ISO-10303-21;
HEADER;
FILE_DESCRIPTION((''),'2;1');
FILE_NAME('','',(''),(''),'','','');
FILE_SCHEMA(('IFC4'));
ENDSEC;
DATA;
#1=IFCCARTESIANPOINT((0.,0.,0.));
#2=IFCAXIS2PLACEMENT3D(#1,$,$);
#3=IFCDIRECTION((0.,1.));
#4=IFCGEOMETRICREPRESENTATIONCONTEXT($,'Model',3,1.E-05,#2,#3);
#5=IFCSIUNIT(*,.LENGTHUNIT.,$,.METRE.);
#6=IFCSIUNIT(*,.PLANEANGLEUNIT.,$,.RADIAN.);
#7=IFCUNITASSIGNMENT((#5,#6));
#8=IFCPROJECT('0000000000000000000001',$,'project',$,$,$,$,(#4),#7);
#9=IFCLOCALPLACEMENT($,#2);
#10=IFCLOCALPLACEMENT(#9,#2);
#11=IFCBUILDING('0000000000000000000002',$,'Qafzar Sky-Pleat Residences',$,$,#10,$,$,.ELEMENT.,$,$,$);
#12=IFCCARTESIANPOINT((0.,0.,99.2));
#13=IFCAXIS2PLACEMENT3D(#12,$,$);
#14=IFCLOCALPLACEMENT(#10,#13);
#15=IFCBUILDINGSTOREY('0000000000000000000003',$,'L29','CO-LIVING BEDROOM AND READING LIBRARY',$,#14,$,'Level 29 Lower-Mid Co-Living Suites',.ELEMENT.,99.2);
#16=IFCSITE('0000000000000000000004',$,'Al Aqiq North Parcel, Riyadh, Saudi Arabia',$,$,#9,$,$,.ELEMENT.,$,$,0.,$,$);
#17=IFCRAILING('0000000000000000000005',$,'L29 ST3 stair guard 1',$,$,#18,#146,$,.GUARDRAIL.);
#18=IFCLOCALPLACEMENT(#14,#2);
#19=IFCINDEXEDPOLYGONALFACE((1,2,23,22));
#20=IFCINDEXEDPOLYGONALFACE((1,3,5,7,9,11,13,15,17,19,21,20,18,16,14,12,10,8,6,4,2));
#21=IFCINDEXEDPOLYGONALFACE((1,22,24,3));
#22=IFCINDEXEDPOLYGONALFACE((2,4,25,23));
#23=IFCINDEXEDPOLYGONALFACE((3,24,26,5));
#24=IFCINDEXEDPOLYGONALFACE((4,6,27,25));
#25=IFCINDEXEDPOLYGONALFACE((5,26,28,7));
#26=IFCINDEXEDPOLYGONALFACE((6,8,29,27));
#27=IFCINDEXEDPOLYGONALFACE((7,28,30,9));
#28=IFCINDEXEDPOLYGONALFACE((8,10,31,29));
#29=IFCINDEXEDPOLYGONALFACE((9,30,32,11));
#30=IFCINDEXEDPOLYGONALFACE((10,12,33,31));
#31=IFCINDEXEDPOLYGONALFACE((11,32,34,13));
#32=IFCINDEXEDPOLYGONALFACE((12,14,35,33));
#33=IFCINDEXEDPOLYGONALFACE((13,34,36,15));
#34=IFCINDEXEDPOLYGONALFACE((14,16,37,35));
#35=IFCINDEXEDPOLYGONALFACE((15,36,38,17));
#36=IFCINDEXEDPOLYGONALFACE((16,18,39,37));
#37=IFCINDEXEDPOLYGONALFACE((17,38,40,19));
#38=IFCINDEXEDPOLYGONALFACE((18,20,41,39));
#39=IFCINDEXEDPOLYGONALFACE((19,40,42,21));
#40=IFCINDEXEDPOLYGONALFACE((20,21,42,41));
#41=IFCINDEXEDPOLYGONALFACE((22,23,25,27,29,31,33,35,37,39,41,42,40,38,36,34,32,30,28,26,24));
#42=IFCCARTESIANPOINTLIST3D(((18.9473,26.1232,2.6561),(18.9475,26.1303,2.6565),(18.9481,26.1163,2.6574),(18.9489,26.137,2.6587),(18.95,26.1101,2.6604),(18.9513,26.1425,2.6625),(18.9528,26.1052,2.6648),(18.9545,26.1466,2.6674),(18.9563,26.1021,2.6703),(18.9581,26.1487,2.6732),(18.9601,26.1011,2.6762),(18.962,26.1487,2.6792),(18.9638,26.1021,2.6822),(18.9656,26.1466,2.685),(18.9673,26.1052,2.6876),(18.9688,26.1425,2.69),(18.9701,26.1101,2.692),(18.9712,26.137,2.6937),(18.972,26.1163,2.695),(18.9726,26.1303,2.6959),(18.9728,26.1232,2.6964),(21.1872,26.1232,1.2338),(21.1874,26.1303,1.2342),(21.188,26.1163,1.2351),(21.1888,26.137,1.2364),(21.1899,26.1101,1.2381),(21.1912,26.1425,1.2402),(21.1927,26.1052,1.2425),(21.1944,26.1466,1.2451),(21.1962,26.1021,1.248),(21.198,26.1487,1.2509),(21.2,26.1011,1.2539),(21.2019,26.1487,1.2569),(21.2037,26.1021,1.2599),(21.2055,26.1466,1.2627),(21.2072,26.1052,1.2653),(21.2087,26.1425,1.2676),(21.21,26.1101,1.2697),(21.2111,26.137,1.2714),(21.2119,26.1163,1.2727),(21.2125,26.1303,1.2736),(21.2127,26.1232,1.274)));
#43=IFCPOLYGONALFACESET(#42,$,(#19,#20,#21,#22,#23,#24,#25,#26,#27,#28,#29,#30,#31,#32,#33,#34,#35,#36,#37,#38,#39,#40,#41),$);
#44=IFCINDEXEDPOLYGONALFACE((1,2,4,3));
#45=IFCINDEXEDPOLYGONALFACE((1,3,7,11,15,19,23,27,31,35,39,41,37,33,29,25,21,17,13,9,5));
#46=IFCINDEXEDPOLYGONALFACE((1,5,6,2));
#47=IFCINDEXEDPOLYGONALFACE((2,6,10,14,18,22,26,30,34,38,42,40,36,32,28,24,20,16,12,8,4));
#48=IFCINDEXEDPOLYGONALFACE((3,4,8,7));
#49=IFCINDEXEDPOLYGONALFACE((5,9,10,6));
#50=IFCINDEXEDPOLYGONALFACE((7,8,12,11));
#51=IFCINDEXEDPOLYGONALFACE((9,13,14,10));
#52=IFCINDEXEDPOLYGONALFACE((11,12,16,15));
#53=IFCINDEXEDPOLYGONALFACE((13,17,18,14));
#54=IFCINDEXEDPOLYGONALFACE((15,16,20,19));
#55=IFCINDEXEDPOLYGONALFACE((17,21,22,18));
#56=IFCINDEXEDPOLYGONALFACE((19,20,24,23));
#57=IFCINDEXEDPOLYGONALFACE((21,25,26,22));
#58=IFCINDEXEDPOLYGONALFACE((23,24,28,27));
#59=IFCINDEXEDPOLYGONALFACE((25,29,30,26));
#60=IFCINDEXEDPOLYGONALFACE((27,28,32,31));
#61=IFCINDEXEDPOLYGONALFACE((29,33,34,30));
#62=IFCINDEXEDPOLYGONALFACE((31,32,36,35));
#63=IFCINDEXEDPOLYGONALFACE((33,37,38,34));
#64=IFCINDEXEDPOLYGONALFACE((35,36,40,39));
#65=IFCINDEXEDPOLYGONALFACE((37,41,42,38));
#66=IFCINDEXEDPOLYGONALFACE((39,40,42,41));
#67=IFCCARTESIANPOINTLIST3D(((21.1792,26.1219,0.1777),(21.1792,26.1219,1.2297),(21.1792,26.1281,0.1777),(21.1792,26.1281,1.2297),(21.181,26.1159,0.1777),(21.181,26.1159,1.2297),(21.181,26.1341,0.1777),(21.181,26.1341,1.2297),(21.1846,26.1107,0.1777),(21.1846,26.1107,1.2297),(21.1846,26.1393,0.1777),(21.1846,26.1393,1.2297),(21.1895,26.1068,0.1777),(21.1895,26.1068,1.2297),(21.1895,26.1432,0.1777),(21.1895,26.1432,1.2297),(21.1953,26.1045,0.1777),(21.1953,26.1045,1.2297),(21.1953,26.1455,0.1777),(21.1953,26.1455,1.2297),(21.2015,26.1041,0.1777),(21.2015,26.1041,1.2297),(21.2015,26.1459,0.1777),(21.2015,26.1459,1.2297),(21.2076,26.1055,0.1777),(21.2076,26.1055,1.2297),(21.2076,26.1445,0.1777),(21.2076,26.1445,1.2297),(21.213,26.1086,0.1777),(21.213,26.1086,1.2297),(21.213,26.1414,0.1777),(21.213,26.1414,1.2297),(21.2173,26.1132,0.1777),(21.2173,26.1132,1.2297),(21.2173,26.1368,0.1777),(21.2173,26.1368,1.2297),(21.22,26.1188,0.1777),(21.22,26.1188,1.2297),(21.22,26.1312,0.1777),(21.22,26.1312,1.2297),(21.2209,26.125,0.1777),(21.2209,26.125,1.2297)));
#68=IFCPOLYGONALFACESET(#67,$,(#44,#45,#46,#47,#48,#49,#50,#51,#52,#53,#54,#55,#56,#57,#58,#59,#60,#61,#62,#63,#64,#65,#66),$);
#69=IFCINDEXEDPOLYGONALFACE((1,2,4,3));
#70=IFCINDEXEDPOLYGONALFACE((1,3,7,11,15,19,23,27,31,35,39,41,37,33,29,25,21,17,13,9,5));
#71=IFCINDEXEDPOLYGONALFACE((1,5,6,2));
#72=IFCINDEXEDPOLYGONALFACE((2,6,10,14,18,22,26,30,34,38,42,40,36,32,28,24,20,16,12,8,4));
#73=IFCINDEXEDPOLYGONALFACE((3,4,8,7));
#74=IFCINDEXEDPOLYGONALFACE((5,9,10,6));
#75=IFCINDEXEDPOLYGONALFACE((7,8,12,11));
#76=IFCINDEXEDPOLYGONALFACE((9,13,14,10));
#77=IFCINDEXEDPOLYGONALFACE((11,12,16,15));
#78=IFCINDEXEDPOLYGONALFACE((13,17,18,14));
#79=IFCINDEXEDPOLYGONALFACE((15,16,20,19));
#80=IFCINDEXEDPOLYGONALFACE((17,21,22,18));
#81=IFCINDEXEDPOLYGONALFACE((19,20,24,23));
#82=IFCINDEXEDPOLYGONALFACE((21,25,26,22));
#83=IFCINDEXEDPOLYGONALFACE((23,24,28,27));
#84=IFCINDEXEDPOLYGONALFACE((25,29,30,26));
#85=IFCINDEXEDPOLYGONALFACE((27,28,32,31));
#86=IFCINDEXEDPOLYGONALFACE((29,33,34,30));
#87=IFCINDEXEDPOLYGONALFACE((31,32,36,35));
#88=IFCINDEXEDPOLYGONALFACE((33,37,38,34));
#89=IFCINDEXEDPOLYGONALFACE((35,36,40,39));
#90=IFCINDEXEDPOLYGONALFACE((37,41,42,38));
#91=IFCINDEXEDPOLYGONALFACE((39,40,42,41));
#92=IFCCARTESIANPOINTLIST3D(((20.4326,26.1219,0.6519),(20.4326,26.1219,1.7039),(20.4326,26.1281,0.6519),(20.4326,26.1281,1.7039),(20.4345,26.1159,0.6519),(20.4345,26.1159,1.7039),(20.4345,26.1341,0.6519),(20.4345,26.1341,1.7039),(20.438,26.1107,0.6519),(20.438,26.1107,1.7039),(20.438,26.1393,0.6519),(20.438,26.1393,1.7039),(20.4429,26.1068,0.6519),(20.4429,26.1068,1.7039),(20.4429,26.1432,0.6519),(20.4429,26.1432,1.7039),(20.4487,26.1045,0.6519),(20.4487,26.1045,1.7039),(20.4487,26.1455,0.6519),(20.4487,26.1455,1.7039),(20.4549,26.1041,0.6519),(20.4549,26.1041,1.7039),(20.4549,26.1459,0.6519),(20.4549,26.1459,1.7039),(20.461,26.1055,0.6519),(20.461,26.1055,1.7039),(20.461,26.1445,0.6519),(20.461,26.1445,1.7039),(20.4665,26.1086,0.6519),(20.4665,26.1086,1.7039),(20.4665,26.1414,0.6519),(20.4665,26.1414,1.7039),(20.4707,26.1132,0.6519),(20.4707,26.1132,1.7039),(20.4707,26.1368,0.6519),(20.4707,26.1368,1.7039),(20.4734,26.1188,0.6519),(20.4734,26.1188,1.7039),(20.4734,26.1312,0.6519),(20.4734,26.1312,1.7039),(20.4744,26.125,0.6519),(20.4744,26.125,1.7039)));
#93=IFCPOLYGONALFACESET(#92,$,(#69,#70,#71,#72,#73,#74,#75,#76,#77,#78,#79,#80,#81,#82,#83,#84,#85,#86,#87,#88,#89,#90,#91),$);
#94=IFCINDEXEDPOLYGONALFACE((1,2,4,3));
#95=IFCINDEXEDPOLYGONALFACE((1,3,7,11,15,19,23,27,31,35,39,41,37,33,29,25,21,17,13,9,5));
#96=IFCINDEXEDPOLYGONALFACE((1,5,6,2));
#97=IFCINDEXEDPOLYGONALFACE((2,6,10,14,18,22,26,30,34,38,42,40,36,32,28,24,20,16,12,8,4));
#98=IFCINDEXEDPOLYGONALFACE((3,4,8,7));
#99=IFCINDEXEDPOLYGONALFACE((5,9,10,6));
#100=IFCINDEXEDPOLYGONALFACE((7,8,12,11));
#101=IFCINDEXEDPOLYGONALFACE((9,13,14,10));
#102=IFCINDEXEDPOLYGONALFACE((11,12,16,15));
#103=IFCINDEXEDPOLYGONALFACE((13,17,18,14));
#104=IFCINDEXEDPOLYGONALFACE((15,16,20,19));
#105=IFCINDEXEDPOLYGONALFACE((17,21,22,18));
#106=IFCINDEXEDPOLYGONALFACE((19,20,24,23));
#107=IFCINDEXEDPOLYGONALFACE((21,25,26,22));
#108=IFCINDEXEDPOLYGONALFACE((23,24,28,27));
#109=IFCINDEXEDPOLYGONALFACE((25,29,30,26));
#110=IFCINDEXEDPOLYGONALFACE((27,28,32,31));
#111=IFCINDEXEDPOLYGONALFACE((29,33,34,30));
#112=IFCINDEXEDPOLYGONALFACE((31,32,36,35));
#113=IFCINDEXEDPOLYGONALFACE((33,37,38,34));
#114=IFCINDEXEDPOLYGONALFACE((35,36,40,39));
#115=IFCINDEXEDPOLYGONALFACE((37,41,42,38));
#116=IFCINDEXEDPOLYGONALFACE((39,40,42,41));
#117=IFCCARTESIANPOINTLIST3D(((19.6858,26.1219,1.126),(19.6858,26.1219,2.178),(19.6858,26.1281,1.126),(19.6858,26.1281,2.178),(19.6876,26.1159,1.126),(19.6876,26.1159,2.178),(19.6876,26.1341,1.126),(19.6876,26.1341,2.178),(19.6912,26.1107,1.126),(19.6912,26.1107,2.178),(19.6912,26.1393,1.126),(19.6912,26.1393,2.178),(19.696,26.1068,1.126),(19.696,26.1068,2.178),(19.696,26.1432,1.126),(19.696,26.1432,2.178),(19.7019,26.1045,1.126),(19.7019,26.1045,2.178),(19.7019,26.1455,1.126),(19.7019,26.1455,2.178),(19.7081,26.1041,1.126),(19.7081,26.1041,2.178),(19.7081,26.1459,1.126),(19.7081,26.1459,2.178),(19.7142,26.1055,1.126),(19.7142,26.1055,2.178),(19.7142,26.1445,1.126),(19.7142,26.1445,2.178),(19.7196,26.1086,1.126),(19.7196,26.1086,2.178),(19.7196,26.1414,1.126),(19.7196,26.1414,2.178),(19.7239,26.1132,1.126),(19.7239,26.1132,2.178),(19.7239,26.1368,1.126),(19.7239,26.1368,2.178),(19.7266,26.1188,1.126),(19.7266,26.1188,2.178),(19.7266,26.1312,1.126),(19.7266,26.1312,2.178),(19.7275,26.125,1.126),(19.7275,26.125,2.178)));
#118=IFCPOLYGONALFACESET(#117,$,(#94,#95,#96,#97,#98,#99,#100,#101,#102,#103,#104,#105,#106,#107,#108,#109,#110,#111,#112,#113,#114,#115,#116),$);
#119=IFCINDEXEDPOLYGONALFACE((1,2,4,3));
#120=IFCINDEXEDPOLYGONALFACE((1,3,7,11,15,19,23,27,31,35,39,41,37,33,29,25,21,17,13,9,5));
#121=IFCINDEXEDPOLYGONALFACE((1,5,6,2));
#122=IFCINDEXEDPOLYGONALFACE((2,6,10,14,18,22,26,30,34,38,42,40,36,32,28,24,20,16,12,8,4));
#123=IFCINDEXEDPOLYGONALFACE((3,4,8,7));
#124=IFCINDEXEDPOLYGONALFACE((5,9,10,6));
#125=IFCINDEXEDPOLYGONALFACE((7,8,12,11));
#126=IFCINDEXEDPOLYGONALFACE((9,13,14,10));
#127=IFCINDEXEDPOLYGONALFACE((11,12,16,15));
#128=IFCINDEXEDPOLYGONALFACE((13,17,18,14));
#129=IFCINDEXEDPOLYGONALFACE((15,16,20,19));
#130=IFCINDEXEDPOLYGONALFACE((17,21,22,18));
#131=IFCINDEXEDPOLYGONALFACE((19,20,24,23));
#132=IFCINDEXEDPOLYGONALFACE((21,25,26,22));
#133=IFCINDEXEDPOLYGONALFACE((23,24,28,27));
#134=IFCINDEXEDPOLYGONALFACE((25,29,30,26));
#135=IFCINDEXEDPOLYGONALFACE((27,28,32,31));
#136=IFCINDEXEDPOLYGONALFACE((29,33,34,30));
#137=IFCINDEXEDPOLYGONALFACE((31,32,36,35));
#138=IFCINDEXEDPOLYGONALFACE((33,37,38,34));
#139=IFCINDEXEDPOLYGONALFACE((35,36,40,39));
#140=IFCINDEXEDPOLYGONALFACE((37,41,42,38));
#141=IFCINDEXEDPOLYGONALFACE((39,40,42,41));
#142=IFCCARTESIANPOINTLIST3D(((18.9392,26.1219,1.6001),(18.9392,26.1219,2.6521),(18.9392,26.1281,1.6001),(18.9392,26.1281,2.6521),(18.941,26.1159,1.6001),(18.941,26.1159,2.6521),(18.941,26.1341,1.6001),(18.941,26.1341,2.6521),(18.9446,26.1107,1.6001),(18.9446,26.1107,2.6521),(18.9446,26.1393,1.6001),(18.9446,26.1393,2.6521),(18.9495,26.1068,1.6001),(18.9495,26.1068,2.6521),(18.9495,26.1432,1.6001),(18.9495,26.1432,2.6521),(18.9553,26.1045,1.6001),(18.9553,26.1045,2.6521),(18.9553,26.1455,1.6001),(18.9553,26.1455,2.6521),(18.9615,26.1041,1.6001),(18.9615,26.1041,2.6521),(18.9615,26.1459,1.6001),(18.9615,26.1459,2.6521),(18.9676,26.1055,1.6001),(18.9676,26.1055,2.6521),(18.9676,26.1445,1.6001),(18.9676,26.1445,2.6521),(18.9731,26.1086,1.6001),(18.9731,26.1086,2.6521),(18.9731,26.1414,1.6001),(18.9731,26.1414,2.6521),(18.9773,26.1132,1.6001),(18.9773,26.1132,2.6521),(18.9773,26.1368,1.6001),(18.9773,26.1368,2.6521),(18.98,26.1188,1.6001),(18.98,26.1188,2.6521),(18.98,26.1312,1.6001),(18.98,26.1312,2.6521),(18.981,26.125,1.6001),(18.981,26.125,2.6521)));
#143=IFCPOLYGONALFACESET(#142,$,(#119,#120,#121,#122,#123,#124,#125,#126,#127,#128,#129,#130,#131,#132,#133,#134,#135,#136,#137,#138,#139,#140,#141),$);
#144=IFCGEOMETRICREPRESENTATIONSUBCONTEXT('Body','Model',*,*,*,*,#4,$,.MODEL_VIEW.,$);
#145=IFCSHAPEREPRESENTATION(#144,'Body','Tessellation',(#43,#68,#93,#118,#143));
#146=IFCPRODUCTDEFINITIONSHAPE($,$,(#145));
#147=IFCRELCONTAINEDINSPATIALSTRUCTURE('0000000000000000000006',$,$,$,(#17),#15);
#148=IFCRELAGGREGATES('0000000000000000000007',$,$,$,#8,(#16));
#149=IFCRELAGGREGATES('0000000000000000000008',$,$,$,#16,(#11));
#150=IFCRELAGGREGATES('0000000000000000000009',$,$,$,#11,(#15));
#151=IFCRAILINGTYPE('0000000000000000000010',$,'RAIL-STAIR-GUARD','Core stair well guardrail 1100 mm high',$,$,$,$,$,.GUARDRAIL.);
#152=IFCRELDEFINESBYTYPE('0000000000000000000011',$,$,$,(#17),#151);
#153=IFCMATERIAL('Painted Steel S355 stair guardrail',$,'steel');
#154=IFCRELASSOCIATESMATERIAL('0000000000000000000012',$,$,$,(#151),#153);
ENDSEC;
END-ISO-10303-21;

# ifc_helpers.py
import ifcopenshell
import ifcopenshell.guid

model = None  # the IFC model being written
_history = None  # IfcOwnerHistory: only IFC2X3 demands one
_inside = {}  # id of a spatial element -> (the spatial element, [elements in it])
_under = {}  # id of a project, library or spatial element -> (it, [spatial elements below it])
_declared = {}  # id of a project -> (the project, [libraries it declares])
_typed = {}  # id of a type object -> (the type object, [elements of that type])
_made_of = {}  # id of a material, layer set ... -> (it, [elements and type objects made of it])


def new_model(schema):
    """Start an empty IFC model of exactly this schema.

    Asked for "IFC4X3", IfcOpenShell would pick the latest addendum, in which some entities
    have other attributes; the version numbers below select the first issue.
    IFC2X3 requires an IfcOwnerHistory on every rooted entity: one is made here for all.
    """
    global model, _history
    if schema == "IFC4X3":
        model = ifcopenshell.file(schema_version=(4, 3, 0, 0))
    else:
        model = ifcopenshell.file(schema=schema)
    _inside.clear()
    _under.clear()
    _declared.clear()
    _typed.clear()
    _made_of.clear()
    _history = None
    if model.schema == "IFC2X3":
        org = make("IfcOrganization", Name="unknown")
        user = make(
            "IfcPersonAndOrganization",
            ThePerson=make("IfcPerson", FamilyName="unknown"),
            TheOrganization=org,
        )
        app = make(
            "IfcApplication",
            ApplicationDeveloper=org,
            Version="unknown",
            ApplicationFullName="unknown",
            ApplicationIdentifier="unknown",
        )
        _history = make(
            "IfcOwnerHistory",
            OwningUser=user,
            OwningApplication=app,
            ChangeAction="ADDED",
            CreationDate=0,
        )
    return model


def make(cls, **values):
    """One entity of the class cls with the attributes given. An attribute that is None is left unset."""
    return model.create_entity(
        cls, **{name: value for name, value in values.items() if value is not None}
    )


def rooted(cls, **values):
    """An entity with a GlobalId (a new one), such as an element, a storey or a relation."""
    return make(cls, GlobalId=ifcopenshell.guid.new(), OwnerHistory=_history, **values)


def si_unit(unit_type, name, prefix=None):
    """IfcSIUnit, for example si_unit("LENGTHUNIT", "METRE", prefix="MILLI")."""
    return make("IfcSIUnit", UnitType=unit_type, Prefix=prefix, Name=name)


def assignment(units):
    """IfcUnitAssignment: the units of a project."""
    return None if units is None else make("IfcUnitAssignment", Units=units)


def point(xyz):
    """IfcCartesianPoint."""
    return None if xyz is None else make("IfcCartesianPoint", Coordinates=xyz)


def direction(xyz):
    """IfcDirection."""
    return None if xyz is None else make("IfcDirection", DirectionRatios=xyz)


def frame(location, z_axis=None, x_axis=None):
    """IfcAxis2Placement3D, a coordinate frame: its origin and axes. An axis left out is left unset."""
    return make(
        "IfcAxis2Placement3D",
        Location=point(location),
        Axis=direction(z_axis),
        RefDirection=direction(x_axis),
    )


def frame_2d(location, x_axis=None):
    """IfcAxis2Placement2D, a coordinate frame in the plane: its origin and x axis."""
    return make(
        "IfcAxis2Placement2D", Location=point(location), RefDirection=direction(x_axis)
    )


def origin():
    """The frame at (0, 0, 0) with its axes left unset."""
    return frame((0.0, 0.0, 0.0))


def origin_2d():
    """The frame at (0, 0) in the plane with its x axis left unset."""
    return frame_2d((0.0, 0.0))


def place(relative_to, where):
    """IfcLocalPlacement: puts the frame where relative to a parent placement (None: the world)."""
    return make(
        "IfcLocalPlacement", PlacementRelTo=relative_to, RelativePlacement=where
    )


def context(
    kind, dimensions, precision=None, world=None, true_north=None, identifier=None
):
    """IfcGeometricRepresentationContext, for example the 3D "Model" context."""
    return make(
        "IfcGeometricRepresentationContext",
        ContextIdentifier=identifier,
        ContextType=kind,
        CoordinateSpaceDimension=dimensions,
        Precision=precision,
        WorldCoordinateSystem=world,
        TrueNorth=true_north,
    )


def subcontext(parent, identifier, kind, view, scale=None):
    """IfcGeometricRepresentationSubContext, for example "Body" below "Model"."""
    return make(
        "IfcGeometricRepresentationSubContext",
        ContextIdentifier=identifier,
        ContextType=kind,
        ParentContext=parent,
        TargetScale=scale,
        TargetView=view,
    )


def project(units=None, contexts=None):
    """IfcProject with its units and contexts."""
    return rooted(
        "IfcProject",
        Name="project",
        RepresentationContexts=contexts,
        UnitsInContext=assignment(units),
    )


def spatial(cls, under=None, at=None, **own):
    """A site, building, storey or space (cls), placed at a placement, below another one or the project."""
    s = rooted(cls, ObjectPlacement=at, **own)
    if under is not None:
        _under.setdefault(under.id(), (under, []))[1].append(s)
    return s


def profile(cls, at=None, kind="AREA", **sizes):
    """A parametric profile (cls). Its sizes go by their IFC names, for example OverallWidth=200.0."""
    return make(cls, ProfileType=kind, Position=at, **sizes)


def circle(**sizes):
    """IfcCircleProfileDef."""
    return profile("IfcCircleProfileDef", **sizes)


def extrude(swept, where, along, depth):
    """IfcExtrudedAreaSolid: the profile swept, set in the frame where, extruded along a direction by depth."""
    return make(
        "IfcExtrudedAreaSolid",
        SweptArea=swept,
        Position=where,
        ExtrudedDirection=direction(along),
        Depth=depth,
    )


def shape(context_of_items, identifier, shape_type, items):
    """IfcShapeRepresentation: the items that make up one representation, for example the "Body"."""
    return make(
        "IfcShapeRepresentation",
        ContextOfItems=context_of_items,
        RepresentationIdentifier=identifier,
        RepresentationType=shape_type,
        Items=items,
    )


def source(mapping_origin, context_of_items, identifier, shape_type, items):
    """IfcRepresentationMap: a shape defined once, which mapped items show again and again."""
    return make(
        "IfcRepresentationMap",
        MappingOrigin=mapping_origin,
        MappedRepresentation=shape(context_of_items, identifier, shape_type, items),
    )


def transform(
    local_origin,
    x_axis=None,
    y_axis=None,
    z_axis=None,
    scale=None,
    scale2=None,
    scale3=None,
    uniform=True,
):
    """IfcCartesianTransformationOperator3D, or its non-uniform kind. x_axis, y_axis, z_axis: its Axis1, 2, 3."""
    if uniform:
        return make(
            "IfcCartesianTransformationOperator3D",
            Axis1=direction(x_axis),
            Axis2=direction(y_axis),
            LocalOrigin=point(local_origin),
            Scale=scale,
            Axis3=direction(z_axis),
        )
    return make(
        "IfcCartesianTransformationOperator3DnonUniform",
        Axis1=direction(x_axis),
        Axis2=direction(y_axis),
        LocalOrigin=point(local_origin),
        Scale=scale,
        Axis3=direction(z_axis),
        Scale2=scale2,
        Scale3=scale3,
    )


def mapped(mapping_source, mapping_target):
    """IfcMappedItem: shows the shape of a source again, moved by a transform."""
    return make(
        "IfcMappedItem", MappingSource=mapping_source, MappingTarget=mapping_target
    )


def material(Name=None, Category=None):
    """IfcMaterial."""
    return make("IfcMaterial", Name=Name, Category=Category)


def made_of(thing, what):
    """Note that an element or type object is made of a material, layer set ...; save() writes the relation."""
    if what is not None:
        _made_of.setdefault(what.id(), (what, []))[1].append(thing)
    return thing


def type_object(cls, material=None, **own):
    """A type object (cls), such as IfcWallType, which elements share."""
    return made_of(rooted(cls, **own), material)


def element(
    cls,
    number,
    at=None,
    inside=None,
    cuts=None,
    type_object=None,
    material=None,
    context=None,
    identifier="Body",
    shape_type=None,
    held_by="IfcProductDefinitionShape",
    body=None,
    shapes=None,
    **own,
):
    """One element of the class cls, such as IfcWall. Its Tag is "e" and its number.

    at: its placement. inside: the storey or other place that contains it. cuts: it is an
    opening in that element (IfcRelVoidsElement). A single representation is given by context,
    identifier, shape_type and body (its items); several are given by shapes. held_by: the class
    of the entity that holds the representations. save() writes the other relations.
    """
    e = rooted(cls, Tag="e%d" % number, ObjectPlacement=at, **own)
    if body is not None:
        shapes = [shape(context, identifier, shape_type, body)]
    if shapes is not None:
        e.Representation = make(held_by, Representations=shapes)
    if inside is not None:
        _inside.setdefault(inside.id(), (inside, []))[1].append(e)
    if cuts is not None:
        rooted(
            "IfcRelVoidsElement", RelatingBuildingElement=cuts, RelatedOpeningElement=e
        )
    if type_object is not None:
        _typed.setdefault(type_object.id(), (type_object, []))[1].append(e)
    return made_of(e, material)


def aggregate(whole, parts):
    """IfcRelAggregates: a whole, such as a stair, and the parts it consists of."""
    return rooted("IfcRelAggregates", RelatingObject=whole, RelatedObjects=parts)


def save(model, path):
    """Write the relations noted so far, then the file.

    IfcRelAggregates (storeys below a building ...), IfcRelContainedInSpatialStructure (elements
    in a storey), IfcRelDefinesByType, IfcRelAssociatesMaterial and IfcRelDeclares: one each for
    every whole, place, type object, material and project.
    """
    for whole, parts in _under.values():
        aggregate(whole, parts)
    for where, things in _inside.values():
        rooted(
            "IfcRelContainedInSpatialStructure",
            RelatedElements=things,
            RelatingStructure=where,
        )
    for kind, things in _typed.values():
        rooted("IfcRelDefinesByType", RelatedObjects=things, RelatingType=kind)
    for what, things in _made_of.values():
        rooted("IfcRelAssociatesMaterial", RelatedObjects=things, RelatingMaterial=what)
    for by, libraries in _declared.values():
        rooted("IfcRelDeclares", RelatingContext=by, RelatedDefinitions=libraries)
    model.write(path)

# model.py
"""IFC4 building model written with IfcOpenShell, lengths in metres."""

from ifc_helpers import new_model, si_unit, direction, frame, origin, origin_2d, place, context, subcontext, project, spatial, circle, extrude, source, transform, mapped, material, type_object, element, save


model = new_model("IFC4")

# Units and contexts
model_context = context("Model", 3, precision=1e-05, world=origin(), true_north=direction((0.0, 1.0)))
body_context = subcontext(model_context, "Body", "Model", "MODEL_VIEW")
ifc_project = project(units=[si_unit("LENGTHUNIT", "METRE"), si_unit("PLANEANGLEUNIT", "RADIAN")], contexts=[model_context])

# Site, building, storey
site_placement = place(None, origin())
site = spatial("IfcSite", under=ifc_project, at=site_placement, Name="Al Aqiq North Parcel, Riyadh, Saudi Arabia", CompositionType="ELEMENT", RefElevation=0.0)
building_placement = place(site_placement, origin())
building = spatial("IfcBuilding", under=site, at=building_placement, Name="Qafzar Sky-Pleat Residences", CompositionType="ELEMENT")
storey_placement = place(building_placement, frame((0.0, 0.0, 99.2)))
storey = spatial("IfcBuildingStorey", under=building, at=storey_placement, Name="L29", Description="CO-LIVING BEDROOM AND READING LIBRARY", LongName="Level 29 Lower-Mid Co-Living Suites", CompositionType="ELEMENT", Elevation=99.2)

# Railing
ifc_material_1 = material(Name="Painted Steel S355 stair guardrail", Category="steel")
railing_type_1 = type_object("IfcRailingType", Name="RAIL-STAIR-GUARD", Description="Core stair well guardrail 1100 mm high", PredefinedType="GUARDRAIL", material=ifc_material_1)
shared_shape_1 = source(origin(), body_context, "Body", "SweptSolid", [
    extrude(circle(Radius=0.0239, at=origin_2d()), frame((0.0, 0.0, 1.0762), z_axis=(-0.844188, 0.0, 0.536048), x_axis=(0.0, -1.0, 0.0)), (0.0, 0.0, 1.0), 2.6533),
    extrude(circle(Radius=0.021, at=origin_2d()), origin(), (0.0, 0.0, 1.0), 1.052),
    extrude(circle(Radius=0.021, at=origin_2d()), frame((-0.7466, 0.0, 0.4741)), (0.0, 0.0, 1.0), 1.052),
    extrude(circle(Radius=0.021, at=origin_2d()), frame((-1.4934, 0.0, 0.9482)), (0.0, 0.0, 1.0), 1.052),
    extrude(circle(Radius=0.021, at=origin_2d()), frame((-2.24, 0.0, 1.4224)), (0.0, 0.0, 1.0), 1.052),
])
railing_1_placement = place(storey_placement, frame((21.2, 26.125, 0.1777)))
element("IfcRailing", 1, at=railing_1_placement, inside=storey, type_object=railing_type_1, Name="L29 ST3 stair guard 1", PredefinedType="GUARDRAIL", context=body_context, shape_type="MappedRepresentation", body=[
    mapped(shared_shape_1, transform((0.0, 0.0, 0.0), x_axis=(1.0, 0.0, 0.0), y_axis=(0.0, 1.0, 0.0), z_axis=(0.0, 0.0, 1.0), scale=1.0)),
])

save(model, "model.ifc")
